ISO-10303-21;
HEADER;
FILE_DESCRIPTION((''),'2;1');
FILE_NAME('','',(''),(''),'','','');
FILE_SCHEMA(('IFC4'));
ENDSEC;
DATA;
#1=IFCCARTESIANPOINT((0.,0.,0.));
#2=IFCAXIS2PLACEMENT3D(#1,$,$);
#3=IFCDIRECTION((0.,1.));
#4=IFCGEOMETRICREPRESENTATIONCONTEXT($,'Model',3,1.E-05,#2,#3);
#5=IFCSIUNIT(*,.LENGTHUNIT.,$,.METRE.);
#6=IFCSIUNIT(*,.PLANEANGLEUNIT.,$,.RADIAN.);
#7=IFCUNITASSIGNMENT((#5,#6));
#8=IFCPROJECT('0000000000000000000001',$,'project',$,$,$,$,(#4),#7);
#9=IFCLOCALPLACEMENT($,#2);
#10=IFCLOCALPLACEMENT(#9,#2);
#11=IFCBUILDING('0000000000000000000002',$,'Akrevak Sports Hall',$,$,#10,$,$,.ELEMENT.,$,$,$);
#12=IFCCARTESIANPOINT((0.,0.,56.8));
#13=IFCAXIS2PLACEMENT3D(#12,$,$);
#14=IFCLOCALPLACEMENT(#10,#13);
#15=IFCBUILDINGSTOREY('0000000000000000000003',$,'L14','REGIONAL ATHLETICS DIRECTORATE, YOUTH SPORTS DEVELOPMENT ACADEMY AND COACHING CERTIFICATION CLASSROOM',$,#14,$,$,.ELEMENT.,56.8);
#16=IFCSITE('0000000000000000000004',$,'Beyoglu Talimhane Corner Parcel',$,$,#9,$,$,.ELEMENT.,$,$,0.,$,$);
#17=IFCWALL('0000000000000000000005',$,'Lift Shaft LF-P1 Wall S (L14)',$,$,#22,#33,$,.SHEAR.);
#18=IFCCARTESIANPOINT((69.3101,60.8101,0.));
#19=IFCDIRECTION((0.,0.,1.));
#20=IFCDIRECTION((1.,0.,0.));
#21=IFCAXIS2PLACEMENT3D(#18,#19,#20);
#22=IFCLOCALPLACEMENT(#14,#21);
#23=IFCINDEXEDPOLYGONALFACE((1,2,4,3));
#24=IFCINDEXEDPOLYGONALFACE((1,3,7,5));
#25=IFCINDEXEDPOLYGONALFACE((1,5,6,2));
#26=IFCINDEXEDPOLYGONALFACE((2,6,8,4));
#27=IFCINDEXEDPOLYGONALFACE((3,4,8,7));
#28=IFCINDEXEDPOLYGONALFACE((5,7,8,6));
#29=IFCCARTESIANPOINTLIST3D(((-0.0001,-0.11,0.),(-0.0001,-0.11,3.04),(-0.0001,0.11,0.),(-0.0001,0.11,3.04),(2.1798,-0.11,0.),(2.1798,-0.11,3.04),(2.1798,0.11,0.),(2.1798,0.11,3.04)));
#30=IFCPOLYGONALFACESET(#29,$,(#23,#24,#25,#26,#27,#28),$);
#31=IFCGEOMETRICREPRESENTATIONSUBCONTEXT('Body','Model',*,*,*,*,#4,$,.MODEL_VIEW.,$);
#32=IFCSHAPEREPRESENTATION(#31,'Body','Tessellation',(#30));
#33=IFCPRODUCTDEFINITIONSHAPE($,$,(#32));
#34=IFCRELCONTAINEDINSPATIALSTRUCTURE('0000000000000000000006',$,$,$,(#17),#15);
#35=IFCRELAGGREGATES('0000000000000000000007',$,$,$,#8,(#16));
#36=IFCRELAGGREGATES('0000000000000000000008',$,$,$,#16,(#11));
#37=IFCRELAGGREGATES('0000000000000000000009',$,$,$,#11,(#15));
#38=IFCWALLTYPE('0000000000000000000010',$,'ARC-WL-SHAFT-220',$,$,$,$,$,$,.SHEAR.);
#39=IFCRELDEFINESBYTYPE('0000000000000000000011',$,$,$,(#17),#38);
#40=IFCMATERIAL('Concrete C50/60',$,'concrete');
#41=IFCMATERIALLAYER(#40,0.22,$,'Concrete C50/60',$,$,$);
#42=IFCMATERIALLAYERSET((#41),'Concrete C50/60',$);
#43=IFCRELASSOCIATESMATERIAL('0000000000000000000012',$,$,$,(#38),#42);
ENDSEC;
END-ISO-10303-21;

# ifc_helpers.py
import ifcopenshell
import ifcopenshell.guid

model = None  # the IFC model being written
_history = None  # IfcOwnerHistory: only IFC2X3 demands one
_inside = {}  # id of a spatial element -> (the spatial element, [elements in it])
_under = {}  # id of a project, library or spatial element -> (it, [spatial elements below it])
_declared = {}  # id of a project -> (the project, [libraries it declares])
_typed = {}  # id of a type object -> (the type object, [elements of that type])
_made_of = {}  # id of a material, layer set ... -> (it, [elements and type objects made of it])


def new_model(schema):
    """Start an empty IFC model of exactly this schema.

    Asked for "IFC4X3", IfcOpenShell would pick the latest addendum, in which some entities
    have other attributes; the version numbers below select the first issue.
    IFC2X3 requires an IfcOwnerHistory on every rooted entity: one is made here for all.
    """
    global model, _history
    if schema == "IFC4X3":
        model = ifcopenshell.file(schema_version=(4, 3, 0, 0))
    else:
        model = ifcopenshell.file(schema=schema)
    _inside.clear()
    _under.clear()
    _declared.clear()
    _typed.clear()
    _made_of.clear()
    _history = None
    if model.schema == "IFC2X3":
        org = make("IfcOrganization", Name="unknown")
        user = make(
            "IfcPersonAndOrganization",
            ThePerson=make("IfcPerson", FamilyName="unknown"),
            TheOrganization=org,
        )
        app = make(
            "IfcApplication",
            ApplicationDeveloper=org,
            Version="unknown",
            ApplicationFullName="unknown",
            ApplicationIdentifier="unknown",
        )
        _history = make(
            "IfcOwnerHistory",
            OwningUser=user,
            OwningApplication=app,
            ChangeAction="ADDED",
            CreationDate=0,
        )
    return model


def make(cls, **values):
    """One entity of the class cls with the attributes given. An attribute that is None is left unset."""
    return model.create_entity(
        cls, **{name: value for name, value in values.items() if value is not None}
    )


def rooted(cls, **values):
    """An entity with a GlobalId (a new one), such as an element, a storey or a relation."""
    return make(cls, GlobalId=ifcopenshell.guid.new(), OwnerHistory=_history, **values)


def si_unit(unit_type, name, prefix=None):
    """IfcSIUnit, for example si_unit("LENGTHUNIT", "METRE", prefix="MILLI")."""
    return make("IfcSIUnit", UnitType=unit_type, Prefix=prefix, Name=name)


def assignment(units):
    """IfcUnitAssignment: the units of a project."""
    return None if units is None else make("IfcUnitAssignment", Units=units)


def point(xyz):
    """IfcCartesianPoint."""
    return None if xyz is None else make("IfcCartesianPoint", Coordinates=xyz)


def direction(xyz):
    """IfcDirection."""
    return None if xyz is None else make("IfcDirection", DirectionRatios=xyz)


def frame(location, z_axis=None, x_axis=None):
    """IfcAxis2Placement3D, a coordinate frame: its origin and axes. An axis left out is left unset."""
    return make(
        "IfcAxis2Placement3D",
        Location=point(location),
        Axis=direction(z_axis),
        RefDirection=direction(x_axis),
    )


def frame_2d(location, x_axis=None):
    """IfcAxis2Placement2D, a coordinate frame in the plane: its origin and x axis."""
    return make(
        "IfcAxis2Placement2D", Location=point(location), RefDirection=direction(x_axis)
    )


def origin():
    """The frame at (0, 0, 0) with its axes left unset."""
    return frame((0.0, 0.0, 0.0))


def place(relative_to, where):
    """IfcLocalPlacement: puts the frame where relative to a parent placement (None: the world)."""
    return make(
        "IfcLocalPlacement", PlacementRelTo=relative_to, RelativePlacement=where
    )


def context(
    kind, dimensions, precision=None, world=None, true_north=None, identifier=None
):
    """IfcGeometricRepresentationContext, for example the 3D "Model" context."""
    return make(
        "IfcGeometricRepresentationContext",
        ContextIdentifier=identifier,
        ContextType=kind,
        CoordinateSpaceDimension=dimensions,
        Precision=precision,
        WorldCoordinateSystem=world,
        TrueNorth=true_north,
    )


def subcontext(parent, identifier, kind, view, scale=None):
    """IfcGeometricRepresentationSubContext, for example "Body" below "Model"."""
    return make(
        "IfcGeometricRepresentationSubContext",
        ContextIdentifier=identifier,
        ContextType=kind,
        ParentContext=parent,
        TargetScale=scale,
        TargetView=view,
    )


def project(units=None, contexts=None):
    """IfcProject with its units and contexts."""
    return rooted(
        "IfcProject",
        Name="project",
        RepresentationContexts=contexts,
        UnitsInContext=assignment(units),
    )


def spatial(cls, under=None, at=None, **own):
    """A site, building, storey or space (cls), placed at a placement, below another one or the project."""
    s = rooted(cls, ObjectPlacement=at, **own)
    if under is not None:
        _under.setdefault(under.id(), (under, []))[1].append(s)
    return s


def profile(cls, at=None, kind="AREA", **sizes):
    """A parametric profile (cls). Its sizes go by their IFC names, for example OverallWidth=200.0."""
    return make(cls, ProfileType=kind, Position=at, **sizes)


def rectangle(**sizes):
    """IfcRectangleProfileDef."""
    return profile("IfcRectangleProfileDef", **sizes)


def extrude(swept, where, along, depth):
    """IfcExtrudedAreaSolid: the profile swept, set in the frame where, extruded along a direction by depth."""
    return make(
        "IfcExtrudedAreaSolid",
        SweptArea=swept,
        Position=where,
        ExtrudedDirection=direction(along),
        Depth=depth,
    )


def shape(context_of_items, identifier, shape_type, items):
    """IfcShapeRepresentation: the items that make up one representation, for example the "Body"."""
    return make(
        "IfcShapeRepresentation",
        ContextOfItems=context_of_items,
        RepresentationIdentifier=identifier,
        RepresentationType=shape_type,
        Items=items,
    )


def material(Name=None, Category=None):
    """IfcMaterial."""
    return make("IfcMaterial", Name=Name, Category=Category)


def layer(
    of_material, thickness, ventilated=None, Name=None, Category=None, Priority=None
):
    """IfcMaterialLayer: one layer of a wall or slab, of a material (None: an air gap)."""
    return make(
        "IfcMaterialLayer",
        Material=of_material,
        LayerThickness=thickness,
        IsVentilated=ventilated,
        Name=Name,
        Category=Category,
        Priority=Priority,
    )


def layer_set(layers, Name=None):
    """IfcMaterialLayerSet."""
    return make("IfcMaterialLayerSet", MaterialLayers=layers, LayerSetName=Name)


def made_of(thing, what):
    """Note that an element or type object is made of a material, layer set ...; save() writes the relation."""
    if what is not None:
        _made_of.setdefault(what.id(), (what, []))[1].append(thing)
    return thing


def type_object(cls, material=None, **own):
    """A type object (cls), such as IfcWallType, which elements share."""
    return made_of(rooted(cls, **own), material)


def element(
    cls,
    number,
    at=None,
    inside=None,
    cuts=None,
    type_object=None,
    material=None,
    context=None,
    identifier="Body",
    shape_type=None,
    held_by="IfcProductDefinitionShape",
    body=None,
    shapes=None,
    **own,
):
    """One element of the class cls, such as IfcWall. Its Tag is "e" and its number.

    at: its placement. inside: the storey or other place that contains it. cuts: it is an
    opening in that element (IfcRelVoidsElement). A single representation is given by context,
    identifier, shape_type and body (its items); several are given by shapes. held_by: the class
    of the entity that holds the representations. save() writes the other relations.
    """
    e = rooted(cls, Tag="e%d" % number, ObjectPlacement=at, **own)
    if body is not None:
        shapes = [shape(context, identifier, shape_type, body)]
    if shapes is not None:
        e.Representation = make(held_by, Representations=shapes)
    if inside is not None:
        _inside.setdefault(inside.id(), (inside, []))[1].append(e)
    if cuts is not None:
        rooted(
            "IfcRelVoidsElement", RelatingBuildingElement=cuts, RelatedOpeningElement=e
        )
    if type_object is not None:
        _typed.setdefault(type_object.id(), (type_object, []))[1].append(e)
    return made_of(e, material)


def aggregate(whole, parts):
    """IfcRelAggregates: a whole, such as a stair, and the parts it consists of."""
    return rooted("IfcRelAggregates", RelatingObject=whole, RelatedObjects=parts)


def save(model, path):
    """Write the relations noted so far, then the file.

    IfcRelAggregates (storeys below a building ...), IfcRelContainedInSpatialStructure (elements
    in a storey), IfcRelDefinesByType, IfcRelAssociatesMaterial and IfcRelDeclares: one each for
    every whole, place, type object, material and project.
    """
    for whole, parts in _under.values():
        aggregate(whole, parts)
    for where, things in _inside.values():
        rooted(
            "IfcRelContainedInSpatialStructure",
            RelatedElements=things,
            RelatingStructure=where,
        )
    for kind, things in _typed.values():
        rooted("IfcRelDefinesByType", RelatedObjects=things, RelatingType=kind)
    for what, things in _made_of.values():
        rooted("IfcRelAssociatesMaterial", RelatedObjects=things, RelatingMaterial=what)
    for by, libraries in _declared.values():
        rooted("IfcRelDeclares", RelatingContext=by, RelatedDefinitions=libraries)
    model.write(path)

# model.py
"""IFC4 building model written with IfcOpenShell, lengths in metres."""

from ifc_helpers import new_model, si_unit, direction, frame, frame_2d, origin, place, context, subcontext, project, spatial, rectangle, extrude, material, layer, layer_set, type_object, element, save


model = new_model("IFC4")

# Units and contexts
model_context = context("Model", 3, precision=1e-05, world=origin(), true_north=direction((0.0, 1.0)))
body_context = subcontext(model_context, "Body", "Model", "MODEL_VIEW")
ifc_project = project(units=[si_unit("LENGTHUNIT", "METRE"), si_unit("PLANEANGLEUNIT", "RADIAN")], contexts=[model_context])

# Site, building, storey
site_placement = place(None, origin())
site = spatial("IfcSite", under=ifc_project, at=site_placement, Name="Beyoglu Talimhane Corner Parcel", CompositionType="ELEMENT", RefElevation=0.0)
building_placement = place(site_placement, origin())
building = spatial("IfcBuilding", under=site, at=building_placement, Name="Akrevak Sports Hall", CompositionType="ELEMENT")
storey_placement = place(building_placement, frame((0.0, 0.0, 56.8)))
storey = spatial("IfcBuildingStorey", under=building, at=storey_placement, Name="L14", Description="REGIONAL ATHLETICS DIRECTORATE, YOUTH SPORTS DEVELOPMENT ACADEMY AND COACHING CERTIFICATION CLASSROOM", CompositionType="ELEMENT", Elevation=56.8)

# Wall
ifc_material_1 = material(Name="Concrete C50/60", Category="concrete")
ifc_layer_1 = layer(ifc_material_1, 0.22, Name="Concrete C50/60")
ifc_layer_set_1 = layer_set([ifc_layer_1], Name="Concrete C50/60")
wall_type_1 = type_object("IfcWallType", Name="ARC-WL-SHAFT-220", PredefinedType="SHEAR", material=ifc_layer_set_1)
wall_1_placement = place(storey_placement, frame((69.3101, 60.8101, 0.0), z_axis=(0.0, 0.0, 1.0), x_axis=(1.0, 0.0, 0.0)))
element("IfcWall", 1, at=wall_1_placement, inside=storey, type_object=wall_type_1, Name="Lift Shaft LF-P1 Wall S (L14)", PredefinedType="SHEAR", context=body_context, shape_type="SweptSolid", body=[
    extrude(rectangle(XDim=2.1799, YDim=0.22, at=frame_2d((1.0898, 0.0))), origin(), (0.0, 0.0, 1.0), 3.04),
])

save(model, "model.ifc")
